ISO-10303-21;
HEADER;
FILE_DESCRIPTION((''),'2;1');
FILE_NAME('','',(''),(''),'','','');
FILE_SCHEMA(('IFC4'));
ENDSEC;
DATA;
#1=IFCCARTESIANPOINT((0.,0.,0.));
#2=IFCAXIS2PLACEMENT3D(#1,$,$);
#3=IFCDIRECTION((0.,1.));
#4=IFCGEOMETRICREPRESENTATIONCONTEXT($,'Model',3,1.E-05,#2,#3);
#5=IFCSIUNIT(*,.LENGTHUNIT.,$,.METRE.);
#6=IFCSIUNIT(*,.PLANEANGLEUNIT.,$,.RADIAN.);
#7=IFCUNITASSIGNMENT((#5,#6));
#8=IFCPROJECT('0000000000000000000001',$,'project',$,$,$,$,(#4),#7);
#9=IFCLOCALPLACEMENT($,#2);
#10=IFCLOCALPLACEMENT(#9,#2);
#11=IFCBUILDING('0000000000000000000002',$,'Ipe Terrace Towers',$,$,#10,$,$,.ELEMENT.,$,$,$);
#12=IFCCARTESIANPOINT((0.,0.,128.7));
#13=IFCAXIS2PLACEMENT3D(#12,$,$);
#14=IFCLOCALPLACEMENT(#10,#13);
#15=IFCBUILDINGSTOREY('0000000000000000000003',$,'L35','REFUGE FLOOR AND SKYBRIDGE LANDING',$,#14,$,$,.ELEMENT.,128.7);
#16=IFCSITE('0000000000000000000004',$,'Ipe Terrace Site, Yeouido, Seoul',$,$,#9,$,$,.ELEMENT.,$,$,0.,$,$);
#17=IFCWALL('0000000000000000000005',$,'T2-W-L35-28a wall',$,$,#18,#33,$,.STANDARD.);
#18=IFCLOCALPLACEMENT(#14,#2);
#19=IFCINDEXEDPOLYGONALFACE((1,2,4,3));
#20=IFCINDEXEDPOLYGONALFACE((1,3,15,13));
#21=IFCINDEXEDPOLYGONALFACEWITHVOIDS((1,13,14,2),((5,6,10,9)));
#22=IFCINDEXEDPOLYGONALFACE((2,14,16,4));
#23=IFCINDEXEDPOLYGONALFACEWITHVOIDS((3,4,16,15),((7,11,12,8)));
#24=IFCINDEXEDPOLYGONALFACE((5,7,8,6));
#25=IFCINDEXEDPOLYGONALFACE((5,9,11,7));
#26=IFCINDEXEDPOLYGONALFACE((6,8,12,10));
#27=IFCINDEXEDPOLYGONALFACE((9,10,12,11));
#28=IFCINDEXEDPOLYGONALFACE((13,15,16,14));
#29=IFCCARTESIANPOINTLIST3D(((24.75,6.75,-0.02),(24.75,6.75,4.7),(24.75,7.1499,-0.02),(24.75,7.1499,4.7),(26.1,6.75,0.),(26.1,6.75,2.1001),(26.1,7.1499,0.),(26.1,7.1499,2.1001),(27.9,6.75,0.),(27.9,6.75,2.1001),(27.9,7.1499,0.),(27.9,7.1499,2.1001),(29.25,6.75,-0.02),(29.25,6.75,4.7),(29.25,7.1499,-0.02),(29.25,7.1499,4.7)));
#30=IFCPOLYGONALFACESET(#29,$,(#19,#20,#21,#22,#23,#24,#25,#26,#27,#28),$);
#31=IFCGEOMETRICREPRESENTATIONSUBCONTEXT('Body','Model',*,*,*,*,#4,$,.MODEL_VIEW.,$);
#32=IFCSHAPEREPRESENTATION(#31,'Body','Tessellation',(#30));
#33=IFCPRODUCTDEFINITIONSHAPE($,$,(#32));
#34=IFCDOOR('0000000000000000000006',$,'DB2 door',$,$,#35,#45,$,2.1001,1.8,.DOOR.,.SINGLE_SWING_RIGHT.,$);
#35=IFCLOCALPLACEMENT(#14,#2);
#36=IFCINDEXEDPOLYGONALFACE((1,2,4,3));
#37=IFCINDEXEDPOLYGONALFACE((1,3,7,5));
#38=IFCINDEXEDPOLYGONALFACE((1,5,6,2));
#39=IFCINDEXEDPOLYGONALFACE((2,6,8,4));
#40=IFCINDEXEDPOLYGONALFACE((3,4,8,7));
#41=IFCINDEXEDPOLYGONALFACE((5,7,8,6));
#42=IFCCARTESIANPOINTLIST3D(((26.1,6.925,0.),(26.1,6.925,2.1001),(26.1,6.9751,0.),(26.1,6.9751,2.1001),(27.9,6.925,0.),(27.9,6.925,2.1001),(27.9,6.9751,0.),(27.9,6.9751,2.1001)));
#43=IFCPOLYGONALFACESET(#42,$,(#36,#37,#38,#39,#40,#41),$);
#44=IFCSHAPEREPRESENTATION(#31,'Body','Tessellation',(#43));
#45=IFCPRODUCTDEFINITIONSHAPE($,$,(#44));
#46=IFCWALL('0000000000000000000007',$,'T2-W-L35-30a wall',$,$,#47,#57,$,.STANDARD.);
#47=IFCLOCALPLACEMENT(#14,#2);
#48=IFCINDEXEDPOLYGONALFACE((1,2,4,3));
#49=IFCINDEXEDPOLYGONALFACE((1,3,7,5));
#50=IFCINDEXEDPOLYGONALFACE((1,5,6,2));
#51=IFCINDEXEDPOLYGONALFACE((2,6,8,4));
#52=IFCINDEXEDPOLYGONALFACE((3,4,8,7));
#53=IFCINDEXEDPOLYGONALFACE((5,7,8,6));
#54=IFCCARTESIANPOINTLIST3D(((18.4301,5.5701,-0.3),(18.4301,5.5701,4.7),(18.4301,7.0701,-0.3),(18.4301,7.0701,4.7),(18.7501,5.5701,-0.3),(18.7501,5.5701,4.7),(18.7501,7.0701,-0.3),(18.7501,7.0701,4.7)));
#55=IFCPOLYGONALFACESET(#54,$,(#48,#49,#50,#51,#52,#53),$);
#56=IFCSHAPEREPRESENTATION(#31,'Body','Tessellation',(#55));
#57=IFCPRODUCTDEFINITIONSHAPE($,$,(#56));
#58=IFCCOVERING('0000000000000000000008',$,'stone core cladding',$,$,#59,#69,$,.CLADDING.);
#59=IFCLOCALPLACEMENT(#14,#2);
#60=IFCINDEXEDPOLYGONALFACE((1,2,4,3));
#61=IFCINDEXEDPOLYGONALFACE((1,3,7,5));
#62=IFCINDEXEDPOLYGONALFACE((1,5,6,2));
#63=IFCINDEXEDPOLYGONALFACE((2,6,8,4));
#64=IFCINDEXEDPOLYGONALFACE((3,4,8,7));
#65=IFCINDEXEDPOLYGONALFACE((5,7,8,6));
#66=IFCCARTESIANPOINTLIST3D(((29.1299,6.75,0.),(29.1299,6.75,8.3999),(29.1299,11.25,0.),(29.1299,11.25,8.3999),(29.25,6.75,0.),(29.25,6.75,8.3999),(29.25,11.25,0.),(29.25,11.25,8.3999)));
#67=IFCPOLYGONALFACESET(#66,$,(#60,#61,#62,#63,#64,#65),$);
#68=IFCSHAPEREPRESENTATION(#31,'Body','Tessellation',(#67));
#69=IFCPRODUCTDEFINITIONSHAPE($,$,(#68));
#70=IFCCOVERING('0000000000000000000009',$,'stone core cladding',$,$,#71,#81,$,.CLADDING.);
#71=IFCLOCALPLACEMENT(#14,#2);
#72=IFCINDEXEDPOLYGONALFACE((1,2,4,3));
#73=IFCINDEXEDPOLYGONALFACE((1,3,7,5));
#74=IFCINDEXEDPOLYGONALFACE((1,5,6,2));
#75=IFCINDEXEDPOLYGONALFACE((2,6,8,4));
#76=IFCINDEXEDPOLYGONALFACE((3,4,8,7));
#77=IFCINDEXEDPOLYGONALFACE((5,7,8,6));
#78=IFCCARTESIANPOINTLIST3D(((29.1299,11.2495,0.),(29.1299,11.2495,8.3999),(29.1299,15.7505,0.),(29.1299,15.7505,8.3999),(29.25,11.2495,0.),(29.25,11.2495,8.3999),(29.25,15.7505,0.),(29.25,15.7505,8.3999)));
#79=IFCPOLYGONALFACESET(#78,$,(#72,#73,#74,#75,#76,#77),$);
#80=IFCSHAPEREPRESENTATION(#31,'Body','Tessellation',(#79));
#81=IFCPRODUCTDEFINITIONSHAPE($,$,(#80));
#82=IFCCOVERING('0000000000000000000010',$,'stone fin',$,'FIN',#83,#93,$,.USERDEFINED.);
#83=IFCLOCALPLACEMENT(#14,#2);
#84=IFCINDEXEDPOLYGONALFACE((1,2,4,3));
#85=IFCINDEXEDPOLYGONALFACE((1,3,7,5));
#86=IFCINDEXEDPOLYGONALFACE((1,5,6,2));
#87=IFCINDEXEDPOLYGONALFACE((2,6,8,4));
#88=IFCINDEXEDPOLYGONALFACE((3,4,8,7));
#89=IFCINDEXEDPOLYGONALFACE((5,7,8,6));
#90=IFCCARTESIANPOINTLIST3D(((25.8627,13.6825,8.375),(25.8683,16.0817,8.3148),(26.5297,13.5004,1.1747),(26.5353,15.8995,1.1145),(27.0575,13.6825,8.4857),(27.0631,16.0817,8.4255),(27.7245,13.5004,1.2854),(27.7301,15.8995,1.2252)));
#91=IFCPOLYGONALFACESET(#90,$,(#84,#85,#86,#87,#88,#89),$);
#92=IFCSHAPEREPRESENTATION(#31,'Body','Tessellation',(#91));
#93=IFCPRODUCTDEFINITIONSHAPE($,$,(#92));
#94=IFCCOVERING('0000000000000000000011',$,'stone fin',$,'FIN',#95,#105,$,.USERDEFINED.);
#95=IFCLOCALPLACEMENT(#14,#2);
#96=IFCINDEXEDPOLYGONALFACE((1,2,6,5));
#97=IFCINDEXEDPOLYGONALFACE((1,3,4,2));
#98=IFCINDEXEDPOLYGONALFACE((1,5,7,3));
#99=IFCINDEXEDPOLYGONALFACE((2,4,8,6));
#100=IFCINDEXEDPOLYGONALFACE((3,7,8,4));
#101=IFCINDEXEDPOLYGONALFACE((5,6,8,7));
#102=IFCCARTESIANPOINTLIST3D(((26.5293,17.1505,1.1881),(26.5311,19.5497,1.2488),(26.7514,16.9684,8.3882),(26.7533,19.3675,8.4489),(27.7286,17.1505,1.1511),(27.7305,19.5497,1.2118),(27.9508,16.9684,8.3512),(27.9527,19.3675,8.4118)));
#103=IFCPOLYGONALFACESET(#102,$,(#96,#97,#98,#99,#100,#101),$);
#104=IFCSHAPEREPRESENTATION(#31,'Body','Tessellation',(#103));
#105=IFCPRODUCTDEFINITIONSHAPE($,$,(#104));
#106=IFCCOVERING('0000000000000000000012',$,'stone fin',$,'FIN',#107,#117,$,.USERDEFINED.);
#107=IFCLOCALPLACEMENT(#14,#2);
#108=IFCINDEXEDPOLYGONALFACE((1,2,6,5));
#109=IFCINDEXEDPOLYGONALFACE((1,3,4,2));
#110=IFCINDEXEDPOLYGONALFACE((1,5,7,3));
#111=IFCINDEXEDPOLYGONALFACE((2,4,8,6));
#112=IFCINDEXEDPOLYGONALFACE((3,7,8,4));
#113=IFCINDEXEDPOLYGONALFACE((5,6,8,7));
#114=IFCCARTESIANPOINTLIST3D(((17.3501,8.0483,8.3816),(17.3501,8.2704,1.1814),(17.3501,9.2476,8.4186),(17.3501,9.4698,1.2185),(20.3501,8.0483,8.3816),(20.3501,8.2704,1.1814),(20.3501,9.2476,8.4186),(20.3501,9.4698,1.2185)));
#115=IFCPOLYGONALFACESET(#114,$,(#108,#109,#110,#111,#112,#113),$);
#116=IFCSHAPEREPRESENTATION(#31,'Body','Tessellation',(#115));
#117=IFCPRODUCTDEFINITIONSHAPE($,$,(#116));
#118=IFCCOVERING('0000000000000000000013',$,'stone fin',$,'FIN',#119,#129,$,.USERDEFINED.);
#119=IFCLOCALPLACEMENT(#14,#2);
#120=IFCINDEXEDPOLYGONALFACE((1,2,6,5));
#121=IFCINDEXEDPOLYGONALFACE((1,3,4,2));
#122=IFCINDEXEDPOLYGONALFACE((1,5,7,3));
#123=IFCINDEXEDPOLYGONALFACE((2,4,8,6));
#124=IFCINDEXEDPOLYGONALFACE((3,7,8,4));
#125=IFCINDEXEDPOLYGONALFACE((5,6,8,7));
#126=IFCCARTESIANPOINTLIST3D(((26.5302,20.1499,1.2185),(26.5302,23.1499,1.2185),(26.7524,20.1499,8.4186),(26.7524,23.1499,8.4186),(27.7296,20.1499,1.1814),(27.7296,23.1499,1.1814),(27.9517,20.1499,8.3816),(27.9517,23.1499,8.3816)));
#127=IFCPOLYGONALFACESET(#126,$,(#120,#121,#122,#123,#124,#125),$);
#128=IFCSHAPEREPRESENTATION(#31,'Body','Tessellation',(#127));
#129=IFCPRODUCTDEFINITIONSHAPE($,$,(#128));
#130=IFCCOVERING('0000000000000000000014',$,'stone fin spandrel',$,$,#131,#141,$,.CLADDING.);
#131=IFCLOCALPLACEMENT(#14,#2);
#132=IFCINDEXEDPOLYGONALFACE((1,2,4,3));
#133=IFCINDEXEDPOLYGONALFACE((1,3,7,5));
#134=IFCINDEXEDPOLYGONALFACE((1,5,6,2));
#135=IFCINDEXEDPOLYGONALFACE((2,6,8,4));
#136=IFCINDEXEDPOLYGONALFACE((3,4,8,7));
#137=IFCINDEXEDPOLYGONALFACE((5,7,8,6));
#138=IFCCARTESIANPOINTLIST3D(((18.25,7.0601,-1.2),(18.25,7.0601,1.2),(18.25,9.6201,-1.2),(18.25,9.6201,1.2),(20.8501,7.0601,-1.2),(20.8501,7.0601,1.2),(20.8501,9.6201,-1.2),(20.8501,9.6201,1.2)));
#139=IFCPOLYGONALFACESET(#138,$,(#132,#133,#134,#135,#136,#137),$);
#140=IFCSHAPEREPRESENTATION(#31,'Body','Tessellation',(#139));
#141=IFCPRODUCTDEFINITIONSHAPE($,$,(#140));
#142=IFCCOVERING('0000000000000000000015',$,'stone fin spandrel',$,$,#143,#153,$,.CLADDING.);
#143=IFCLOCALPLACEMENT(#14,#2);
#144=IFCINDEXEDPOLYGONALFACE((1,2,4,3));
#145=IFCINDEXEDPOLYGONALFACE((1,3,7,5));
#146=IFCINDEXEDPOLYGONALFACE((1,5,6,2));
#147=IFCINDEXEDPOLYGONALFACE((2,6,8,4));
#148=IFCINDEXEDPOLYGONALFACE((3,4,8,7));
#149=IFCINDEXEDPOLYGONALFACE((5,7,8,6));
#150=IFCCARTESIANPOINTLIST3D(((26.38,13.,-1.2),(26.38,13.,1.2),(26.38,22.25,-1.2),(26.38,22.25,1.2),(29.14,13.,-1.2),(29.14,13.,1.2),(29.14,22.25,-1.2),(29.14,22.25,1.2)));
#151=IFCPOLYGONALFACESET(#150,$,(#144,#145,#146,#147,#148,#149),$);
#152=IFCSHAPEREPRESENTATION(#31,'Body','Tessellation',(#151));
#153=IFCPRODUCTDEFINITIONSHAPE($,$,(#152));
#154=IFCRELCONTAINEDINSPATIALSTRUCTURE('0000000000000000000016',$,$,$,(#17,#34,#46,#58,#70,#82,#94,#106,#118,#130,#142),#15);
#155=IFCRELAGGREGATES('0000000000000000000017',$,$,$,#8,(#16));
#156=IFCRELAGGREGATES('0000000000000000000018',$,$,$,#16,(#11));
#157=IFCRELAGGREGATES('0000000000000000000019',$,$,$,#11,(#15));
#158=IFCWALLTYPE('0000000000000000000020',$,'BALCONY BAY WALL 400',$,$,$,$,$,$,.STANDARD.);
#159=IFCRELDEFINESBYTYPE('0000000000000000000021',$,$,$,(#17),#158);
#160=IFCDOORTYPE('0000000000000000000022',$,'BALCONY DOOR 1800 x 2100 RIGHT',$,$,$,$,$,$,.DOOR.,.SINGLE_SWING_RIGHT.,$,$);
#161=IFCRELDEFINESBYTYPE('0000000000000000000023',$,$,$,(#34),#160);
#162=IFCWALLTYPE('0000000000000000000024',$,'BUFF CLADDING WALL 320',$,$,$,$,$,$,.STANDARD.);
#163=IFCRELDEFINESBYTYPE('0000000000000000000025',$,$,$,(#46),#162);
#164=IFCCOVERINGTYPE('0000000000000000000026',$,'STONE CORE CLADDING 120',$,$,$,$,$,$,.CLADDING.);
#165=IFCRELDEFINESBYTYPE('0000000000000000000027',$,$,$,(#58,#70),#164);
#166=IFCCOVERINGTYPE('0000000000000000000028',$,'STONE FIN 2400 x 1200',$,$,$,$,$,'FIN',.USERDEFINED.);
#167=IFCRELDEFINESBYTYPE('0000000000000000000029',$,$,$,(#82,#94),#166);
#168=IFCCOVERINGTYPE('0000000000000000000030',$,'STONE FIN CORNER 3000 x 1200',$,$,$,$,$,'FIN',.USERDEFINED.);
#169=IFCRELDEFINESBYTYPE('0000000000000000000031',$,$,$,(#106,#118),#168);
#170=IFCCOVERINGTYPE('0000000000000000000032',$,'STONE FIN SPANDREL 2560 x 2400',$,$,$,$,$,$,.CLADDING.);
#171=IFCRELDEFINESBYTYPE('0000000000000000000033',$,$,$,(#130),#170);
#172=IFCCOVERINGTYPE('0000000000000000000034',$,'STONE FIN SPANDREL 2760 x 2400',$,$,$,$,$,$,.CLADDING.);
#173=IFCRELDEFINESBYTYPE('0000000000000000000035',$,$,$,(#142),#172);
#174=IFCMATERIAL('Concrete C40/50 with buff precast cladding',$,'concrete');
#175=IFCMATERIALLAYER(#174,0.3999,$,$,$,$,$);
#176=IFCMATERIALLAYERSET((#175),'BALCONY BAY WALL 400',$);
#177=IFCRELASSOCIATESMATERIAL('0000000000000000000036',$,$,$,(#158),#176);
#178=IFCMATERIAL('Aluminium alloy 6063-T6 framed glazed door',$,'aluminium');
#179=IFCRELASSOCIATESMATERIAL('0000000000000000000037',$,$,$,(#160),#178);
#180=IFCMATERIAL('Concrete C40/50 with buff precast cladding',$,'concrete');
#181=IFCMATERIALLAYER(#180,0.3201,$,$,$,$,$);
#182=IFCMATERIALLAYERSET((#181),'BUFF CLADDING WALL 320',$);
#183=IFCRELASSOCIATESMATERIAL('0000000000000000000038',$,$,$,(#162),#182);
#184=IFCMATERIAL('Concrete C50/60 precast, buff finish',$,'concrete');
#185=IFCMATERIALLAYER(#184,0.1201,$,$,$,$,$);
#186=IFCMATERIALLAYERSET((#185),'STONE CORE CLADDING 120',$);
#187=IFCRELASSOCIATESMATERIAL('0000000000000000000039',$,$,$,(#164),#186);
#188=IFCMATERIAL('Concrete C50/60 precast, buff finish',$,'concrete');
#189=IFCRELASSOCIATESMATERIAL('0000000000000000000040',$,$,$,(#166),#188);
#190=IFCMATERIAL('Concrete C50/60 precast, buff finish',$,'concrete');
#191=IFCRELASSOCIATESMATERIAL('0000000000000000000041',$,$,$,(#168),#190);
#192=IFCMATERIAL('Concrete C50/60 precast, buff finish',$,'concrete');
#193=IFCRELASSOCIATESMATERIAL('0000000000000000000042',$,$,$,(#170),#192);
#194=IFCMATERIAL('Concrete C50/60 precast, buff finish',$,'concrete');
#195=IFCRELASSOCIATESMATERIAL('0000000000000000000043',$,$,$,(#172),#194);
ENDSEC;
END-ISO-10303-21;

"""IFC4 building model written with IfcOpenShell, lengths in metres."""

from ifc_helpers import new_model, si_unit, direction, frame, frame_2d, origin, origin_2d, place, context, subcontext, project, spatial, rectangle, extrude, material, layer, layer_set, material_profile, profile_set, type_object, element, fill, save


model = new_model("IFC4")

# Units and contexts
model_context = context("Model", 3, precision=1e-05, world=origin(), true_north=direction((0.0, 1.0)))
body_context = subcontext(model_context, "Body", "Model", "MODEL_VIEW")
ifc_project = project(units=[si_unit("LENGTHUNIT", "METRE"), si_unit("PLANEANGLEUNIT", "RADIAN")], contexts=[model_context])

# Site, building, storey
site_placement = place(None, origin())
site = spatial("IfcSite", under=ifc_project, at=site_placement, Name="Ipe Terrace Site, Yeouido, Seoul", CompositionType="ELEMENT", RefElevation=0.0)
building_placement = place(site_placement, origin())
building = spatial("IfcBuilding", under=site, at=building_placement, Name="Ipe Terrace Towers", CompositionType="ELEMENT")
storey_placement = place(building_placement, frame((0.0, 0.0, 128.7)))
storey = spatial("IfcBuildingStorey", under=building, at=storey_placement, Name="L35", Description="REFUGE FLOOR AND SKYBRIDGE LANDING", CompositionType="ELEMENT", Elevation=128.7)

# Wall, opening, door
ifc_material_1 = material(Name="Concrete C40/50 with buff precast cladding", Category="concrete")
ifc_layer_1 = layer(ifc_material_1, 0.3999)
ifc_layer_set_1 = layer_set([ifc_layer_1], Name="BALCONY BAY WALL 400")
wall_type_1 = type_object("IfcWallType", Name="BALCONY BAY WALL 400", PredefinedType="STANDARD", material=ifc_layer_set_1)
wall_1_placement = place(storey_placement, frame((29.25, 6.95, -0.02), z_axis=(0.0, 0.0, 1.0), x_axis=(-1.0, 0.0, 0.0)))
wall_1 = element("IfcWall", 1, at=wall_1_placement, inside=storey, type_object=wall_type_1, Name="T2-W-L35-28a wall", PredefinedType="STANDARD", context=body_context, shape_type="SweptSolid", body=[
    extrude(rectangle(XDim=4.5, YDim=0.3999, at=frame_2d((2.25, 0.0))), origin(), (0.0, 0.0, 1.0), 4.72),
])
opening_placement = place(wall_1_placement, frame((1.3501, 0.0, 0.02)))
opening = element("IfcOpeningElement", 2, at=opening_placement, cuts=wall_1, PredefinedType="OPENING", context=body_context, shape_type="SweptSolid", body=[
    extrude(rectangle(XDim=1.8, YDim=2.1001, at=frame_2d((0.8999, 1.05))), frame((0.0, 0.21, 0.0), z_axis=(0.0, -1.0, 0.0), x_axis=(1.0, 0.0, 0.0)), (0.0, 0.0, 1.0), 0.4199),
])
ifc_material_2 = material(Name="Aluminium alloy 6063-T6 framed glazed door", Category="aluminium")
door_type = type_object("IfcDoorType", Name="BALCONY DOOR 1800 x 2100 RIGHT", OperationType="SINGLE_SWING_RIGHT", PredefinedType="DOOR", material=ifc_material_2)
door_placement = place(opening_placement, origin())
door = element("IfcDoor", 3, at=door_placement, inside=storey, type_object=door_type, Name="DB2 door", OperationType="SINGLE_SWING_RIGHT", OverallHeight=2.1001, OverallWidth=1.8, PredefinedType="DOOR", context=body_context, shape_type="SweptSolid", body=[
    extrude(rectangle(XDim=1.8, YDim=2.1001, at=frame_2d((0.8999, 1.05))), frame((0.0, 0.0249, 0.0), z_axis=(0.0, -1.0, 0.0), x_axis=(1.0, 0.0, 0.0)), (0.0, 0.0, 1.0), 0.05),
])
fill(opening, door)

# Wall
ifc_material_3 = material(Name="Concrete C40/50 with buff precast cladding", Category="concrete")
ifc_layer_2 = layer(ifc_material_3, 0.3201)
ifc_layer_set_2 = layer_set([ifc_layer_2], Name="BUFF CLADDING WALL 320")
wall_type_2 = type_object("IfcWallType", Name="BUFF CLADDING WALL 320", PredefinedType="STANDARD", material=ifc_layer_set_2)
wall_2_placement = place(storey_placement, frame((18.5901, 7.0701, -0.3), z_axis=(0.0, 0.0, 1.0), x_axis=(0.0, -1.0, 0.0)))
element("IfcWall", 4, at=wall_2_placement, inside=storey, type_object=wall_type_2, Name="T2-W-L35-30a wall", PredefinedType="STANDARD", context=body_context, shape_type="SweptSolid", body=[
    extrude(rectangle(XDim=1.5, YDim=0.3201, at=frame_2d((0.75, 0.0))), origin(), (0.0, 0.0, 1.0), 5.0),
])

# Coverings
ifc_material_4 = material(Name="Concrete C50/60 precast, buff finish", Category="concrete")
ifc_layer_3 = layer(ifc_material_4, 0.1201)
ifc_layer_set_3 = layer_set([ifc_layer_3], Name="STONE CORE CLADDING 120")
covering_type_1 = type_object("IfcCoveringType", Name="STONE CORE CLADDING 120", PredefinedType="CLADDING", material=ifc_layer_set_3)
covering_1_placement = place(storey_placement, frame((29.1899, 9.0, 0.0), z_axis=(0.0, 0.0, 1.0), x_axis=(0.0, -1.0, 0.0)))
element("IfcCovering", 5, at=covering_1_placement, inside=storey, type_object=covering_type_1, Name="stone core cladding", PredefinedType="CLADDING", context=body_context, shape_type="SweptSolid", body=[
    extrude(rectangle(XDim=4.5, YDim=0.1201, at=origin_2d()), origin(), (0.0, 0.0, 1.0), 8.3999),
])
covering_2_placement = place(storey_placement, frame((29.1899, 13.5, 0.0), z_axis=(0.0, 0.0, 1.0), x_axis=(0.0, -1.0, 0.0)))
element("IfcCovering", 6, at=covering_2_placement, inside=storey, type_object=covering_type_1, Name="stone core cladding", PredefinedType="CLADDING", context=body_context, shape_type="SweptSolid", body=[
    extrude(rectangle(XDim=4.501, YDim=0.1201, at=origin_2d()), origin(), (0.0, 0.0, 1.0), 8.3999),
])
ifc_material_5 = material(Name="Concrete C50/60 precast, buff finish", Category="concrete")
ifc_material_profile_1 = material_profile(ifc_material_5, rectangle(XDim=2.3999, YDim=1.2, at=origin_2d()), Name="STONE FIN 2400 x 1200")
ifc_profile_set_1 = profile_set([ifc_material_profile_1], Name="Concrete C50/60 precast, buff finish")
covering_type_2 = type_object("IfcCoveringType", Name="STONE FIN 2400 x 1200", ElementType="FIN", PredefinedType="USERDEFINED", material=ifc_profile_set_1)
covering_3_placement = place(storey_placement, frame((27.1299, 14.7, 1.2), z_axis=(-0.092211, 0.025179, 0.995421), x_axis=(-0.002323, -0.999683, 0.025072)))
element("IfcCovering", 7, at=covering_3_placement, inside=storey, type_object=covering_type_2, Name="stone fin", ObjectType="FIN", PredefinedType="USERDEFINED", context=body_context, shape_type="SweptSolid", body=[
    extrude(rectangle(XDim=2.3999, YDim=1.2, at=origin_2d()), origin(), (0.0, 0.0, 1.0), 7.2334),
])
covering_4_placement = place(storey_placement, frame((27.1299, 18.3501, 1.2), z_axis=(0.030831, -0.025275, 0.999205), x_axis=(-0.00078, -0.999681, -0.025263)))
element("IfcCovering", 8, at=covering_4_placement, inside=storey, type_object=covering_type_2, Name="stone fin", ObjectType="FIN", PredefinedType="USERDEFINED", context=body_context, shape_type="SweptSolid", body=[
    extrude(rectangle(XDim=2.3999, YDim=1.2, at=origin_2d()), origin(), (0.0, 0.0, 1.0), 7.2058),
])
ifc_material_6 = material(Name="Concrete C50/60 precast, buff finish", Category="concrete")
ifc_material_profile_2 = material_profile(ifc_material_6, rectangle(XDim=3.0, YDim=1.2, at=origin_2d()), Name="STONE FIN CORNER 3000 x 1200")
ifc_profile_set_2 = profile_set([ifc_material_profile_2], Name="Concrete C50/60 precast, buff finish")
covering_type_3 = type_object("IfcCoveringType", Name="STONE FIN CORNER 3000 x 1200", ElementType="FIN", PredefinedType="USERDEFINED", material=ifc_profile_set_2)
for number, where, z_axis, x_axis, name in (
    (9, (18.8501, 8.8701, 1.2), (0.0, -0.030841, 0.999524), (-1.0, 0.0, 0.0), "stone fin"),
    (10, (27.1299, 21.6499, 1.2), (0.030841, 0.0, 0.999524), (0.0, -1.0, 0.0), "stone fin"),
):
    element("IfcCovering", number, at=place(storey_placement, frame(where, z_axis=z_axis, x_axis=x_axis)), inside=storey, type_object=covering_type_3, Name=name, ObjectType="FIN", PredefinedType="USERDEFINED", context=body_context, shape_type="SweptSolid", body=[
        extrude(rectangle(XDim=3.0, YDim=1.2, at=origin_2d()), origin(), (0.0, 0.0, 1.0), 7.2036),
    ])
ifc_material_7 = material(Name="Concrete C50/60 precast, buff finish", Category="concrete")
ifc_material_profile_3 = material_profile(ifc_material_7, rectangle(XDim=2.5601, YDim=2.3999, at=origin_2d()), Name="STONE FIN SPANDREL 2560 x 2400")
ifc_profile_set_3 = profile_set([ifc_material_profile_3], Name="Concrete C50/60 precast, buff finish")
covering_type_4 = type_object("IfcCoveringType", Name="STONE FIN SPANDREL 2560 x 2400", PredefinedType="CLADDING", material=ifc_profile_set_3)
covering_5_placement = place(storey_placement, frame((20.8501, 8.3401, 0.0), z_axis=(-1.0, 0.0, 0.0), x_axis=(0.0, 1.0, 0.0)))
element("IfcCovering", 11, at=covering_5_placement, inside=storey, type_object=covering_type_4, Name="stone fin spandrel", PredefinedType="CLADDING", context=body_context, shape_type="SweptSolid", body=[
    extrude(rectangle(XDim=2.5601, YDim=2.3999, at=origin_2d()), origin(), (0.0, 0.0, 1.0), 2.6001),
])
ifc_material_8 = material(Name="Concrete C50/60 precast, buff finish", Category="concrete")
ifc_material_profile_4 = material_profile(ifc_material_8, rectangle(XDim=2.76, YDim=2.3999, at=origin_2d()), Name="STONE FIN SPANDREL 2760 x 2400")
ifc_profile_set_4 = profile_set([ifc_material_profile_4], Name="Concrete C50/60 precast, buff finish")
covering_type_5 = type_object("IfcCoveringType", Name="STONE FIN SPANDREL 2760 x 2400", PredefinedType="CLADDING", material=ifc_profile_set_4)
covering_6_placement = place(storey_placement, frame((27.76, 22.25, 0.0), z_axis=(0.0, -1.0, 0.0), x_axis=(-1.0, 0.0, 0.0)))
element("IfcCovering", 12, at=covering_6_placement, inside=storey, type_object=covering_type_5, Name="stone fin spandrel", PredefinedType="CLADDING", context=body_context, shape_type="SweptSolid", body=[
    extrude(rectangle(XDim=2.76, YDim=2.3999, at=origin_2d()), origin(), (0.0, 0.0, 1.0), 9.25),
])

save(model, "model.ifc")
